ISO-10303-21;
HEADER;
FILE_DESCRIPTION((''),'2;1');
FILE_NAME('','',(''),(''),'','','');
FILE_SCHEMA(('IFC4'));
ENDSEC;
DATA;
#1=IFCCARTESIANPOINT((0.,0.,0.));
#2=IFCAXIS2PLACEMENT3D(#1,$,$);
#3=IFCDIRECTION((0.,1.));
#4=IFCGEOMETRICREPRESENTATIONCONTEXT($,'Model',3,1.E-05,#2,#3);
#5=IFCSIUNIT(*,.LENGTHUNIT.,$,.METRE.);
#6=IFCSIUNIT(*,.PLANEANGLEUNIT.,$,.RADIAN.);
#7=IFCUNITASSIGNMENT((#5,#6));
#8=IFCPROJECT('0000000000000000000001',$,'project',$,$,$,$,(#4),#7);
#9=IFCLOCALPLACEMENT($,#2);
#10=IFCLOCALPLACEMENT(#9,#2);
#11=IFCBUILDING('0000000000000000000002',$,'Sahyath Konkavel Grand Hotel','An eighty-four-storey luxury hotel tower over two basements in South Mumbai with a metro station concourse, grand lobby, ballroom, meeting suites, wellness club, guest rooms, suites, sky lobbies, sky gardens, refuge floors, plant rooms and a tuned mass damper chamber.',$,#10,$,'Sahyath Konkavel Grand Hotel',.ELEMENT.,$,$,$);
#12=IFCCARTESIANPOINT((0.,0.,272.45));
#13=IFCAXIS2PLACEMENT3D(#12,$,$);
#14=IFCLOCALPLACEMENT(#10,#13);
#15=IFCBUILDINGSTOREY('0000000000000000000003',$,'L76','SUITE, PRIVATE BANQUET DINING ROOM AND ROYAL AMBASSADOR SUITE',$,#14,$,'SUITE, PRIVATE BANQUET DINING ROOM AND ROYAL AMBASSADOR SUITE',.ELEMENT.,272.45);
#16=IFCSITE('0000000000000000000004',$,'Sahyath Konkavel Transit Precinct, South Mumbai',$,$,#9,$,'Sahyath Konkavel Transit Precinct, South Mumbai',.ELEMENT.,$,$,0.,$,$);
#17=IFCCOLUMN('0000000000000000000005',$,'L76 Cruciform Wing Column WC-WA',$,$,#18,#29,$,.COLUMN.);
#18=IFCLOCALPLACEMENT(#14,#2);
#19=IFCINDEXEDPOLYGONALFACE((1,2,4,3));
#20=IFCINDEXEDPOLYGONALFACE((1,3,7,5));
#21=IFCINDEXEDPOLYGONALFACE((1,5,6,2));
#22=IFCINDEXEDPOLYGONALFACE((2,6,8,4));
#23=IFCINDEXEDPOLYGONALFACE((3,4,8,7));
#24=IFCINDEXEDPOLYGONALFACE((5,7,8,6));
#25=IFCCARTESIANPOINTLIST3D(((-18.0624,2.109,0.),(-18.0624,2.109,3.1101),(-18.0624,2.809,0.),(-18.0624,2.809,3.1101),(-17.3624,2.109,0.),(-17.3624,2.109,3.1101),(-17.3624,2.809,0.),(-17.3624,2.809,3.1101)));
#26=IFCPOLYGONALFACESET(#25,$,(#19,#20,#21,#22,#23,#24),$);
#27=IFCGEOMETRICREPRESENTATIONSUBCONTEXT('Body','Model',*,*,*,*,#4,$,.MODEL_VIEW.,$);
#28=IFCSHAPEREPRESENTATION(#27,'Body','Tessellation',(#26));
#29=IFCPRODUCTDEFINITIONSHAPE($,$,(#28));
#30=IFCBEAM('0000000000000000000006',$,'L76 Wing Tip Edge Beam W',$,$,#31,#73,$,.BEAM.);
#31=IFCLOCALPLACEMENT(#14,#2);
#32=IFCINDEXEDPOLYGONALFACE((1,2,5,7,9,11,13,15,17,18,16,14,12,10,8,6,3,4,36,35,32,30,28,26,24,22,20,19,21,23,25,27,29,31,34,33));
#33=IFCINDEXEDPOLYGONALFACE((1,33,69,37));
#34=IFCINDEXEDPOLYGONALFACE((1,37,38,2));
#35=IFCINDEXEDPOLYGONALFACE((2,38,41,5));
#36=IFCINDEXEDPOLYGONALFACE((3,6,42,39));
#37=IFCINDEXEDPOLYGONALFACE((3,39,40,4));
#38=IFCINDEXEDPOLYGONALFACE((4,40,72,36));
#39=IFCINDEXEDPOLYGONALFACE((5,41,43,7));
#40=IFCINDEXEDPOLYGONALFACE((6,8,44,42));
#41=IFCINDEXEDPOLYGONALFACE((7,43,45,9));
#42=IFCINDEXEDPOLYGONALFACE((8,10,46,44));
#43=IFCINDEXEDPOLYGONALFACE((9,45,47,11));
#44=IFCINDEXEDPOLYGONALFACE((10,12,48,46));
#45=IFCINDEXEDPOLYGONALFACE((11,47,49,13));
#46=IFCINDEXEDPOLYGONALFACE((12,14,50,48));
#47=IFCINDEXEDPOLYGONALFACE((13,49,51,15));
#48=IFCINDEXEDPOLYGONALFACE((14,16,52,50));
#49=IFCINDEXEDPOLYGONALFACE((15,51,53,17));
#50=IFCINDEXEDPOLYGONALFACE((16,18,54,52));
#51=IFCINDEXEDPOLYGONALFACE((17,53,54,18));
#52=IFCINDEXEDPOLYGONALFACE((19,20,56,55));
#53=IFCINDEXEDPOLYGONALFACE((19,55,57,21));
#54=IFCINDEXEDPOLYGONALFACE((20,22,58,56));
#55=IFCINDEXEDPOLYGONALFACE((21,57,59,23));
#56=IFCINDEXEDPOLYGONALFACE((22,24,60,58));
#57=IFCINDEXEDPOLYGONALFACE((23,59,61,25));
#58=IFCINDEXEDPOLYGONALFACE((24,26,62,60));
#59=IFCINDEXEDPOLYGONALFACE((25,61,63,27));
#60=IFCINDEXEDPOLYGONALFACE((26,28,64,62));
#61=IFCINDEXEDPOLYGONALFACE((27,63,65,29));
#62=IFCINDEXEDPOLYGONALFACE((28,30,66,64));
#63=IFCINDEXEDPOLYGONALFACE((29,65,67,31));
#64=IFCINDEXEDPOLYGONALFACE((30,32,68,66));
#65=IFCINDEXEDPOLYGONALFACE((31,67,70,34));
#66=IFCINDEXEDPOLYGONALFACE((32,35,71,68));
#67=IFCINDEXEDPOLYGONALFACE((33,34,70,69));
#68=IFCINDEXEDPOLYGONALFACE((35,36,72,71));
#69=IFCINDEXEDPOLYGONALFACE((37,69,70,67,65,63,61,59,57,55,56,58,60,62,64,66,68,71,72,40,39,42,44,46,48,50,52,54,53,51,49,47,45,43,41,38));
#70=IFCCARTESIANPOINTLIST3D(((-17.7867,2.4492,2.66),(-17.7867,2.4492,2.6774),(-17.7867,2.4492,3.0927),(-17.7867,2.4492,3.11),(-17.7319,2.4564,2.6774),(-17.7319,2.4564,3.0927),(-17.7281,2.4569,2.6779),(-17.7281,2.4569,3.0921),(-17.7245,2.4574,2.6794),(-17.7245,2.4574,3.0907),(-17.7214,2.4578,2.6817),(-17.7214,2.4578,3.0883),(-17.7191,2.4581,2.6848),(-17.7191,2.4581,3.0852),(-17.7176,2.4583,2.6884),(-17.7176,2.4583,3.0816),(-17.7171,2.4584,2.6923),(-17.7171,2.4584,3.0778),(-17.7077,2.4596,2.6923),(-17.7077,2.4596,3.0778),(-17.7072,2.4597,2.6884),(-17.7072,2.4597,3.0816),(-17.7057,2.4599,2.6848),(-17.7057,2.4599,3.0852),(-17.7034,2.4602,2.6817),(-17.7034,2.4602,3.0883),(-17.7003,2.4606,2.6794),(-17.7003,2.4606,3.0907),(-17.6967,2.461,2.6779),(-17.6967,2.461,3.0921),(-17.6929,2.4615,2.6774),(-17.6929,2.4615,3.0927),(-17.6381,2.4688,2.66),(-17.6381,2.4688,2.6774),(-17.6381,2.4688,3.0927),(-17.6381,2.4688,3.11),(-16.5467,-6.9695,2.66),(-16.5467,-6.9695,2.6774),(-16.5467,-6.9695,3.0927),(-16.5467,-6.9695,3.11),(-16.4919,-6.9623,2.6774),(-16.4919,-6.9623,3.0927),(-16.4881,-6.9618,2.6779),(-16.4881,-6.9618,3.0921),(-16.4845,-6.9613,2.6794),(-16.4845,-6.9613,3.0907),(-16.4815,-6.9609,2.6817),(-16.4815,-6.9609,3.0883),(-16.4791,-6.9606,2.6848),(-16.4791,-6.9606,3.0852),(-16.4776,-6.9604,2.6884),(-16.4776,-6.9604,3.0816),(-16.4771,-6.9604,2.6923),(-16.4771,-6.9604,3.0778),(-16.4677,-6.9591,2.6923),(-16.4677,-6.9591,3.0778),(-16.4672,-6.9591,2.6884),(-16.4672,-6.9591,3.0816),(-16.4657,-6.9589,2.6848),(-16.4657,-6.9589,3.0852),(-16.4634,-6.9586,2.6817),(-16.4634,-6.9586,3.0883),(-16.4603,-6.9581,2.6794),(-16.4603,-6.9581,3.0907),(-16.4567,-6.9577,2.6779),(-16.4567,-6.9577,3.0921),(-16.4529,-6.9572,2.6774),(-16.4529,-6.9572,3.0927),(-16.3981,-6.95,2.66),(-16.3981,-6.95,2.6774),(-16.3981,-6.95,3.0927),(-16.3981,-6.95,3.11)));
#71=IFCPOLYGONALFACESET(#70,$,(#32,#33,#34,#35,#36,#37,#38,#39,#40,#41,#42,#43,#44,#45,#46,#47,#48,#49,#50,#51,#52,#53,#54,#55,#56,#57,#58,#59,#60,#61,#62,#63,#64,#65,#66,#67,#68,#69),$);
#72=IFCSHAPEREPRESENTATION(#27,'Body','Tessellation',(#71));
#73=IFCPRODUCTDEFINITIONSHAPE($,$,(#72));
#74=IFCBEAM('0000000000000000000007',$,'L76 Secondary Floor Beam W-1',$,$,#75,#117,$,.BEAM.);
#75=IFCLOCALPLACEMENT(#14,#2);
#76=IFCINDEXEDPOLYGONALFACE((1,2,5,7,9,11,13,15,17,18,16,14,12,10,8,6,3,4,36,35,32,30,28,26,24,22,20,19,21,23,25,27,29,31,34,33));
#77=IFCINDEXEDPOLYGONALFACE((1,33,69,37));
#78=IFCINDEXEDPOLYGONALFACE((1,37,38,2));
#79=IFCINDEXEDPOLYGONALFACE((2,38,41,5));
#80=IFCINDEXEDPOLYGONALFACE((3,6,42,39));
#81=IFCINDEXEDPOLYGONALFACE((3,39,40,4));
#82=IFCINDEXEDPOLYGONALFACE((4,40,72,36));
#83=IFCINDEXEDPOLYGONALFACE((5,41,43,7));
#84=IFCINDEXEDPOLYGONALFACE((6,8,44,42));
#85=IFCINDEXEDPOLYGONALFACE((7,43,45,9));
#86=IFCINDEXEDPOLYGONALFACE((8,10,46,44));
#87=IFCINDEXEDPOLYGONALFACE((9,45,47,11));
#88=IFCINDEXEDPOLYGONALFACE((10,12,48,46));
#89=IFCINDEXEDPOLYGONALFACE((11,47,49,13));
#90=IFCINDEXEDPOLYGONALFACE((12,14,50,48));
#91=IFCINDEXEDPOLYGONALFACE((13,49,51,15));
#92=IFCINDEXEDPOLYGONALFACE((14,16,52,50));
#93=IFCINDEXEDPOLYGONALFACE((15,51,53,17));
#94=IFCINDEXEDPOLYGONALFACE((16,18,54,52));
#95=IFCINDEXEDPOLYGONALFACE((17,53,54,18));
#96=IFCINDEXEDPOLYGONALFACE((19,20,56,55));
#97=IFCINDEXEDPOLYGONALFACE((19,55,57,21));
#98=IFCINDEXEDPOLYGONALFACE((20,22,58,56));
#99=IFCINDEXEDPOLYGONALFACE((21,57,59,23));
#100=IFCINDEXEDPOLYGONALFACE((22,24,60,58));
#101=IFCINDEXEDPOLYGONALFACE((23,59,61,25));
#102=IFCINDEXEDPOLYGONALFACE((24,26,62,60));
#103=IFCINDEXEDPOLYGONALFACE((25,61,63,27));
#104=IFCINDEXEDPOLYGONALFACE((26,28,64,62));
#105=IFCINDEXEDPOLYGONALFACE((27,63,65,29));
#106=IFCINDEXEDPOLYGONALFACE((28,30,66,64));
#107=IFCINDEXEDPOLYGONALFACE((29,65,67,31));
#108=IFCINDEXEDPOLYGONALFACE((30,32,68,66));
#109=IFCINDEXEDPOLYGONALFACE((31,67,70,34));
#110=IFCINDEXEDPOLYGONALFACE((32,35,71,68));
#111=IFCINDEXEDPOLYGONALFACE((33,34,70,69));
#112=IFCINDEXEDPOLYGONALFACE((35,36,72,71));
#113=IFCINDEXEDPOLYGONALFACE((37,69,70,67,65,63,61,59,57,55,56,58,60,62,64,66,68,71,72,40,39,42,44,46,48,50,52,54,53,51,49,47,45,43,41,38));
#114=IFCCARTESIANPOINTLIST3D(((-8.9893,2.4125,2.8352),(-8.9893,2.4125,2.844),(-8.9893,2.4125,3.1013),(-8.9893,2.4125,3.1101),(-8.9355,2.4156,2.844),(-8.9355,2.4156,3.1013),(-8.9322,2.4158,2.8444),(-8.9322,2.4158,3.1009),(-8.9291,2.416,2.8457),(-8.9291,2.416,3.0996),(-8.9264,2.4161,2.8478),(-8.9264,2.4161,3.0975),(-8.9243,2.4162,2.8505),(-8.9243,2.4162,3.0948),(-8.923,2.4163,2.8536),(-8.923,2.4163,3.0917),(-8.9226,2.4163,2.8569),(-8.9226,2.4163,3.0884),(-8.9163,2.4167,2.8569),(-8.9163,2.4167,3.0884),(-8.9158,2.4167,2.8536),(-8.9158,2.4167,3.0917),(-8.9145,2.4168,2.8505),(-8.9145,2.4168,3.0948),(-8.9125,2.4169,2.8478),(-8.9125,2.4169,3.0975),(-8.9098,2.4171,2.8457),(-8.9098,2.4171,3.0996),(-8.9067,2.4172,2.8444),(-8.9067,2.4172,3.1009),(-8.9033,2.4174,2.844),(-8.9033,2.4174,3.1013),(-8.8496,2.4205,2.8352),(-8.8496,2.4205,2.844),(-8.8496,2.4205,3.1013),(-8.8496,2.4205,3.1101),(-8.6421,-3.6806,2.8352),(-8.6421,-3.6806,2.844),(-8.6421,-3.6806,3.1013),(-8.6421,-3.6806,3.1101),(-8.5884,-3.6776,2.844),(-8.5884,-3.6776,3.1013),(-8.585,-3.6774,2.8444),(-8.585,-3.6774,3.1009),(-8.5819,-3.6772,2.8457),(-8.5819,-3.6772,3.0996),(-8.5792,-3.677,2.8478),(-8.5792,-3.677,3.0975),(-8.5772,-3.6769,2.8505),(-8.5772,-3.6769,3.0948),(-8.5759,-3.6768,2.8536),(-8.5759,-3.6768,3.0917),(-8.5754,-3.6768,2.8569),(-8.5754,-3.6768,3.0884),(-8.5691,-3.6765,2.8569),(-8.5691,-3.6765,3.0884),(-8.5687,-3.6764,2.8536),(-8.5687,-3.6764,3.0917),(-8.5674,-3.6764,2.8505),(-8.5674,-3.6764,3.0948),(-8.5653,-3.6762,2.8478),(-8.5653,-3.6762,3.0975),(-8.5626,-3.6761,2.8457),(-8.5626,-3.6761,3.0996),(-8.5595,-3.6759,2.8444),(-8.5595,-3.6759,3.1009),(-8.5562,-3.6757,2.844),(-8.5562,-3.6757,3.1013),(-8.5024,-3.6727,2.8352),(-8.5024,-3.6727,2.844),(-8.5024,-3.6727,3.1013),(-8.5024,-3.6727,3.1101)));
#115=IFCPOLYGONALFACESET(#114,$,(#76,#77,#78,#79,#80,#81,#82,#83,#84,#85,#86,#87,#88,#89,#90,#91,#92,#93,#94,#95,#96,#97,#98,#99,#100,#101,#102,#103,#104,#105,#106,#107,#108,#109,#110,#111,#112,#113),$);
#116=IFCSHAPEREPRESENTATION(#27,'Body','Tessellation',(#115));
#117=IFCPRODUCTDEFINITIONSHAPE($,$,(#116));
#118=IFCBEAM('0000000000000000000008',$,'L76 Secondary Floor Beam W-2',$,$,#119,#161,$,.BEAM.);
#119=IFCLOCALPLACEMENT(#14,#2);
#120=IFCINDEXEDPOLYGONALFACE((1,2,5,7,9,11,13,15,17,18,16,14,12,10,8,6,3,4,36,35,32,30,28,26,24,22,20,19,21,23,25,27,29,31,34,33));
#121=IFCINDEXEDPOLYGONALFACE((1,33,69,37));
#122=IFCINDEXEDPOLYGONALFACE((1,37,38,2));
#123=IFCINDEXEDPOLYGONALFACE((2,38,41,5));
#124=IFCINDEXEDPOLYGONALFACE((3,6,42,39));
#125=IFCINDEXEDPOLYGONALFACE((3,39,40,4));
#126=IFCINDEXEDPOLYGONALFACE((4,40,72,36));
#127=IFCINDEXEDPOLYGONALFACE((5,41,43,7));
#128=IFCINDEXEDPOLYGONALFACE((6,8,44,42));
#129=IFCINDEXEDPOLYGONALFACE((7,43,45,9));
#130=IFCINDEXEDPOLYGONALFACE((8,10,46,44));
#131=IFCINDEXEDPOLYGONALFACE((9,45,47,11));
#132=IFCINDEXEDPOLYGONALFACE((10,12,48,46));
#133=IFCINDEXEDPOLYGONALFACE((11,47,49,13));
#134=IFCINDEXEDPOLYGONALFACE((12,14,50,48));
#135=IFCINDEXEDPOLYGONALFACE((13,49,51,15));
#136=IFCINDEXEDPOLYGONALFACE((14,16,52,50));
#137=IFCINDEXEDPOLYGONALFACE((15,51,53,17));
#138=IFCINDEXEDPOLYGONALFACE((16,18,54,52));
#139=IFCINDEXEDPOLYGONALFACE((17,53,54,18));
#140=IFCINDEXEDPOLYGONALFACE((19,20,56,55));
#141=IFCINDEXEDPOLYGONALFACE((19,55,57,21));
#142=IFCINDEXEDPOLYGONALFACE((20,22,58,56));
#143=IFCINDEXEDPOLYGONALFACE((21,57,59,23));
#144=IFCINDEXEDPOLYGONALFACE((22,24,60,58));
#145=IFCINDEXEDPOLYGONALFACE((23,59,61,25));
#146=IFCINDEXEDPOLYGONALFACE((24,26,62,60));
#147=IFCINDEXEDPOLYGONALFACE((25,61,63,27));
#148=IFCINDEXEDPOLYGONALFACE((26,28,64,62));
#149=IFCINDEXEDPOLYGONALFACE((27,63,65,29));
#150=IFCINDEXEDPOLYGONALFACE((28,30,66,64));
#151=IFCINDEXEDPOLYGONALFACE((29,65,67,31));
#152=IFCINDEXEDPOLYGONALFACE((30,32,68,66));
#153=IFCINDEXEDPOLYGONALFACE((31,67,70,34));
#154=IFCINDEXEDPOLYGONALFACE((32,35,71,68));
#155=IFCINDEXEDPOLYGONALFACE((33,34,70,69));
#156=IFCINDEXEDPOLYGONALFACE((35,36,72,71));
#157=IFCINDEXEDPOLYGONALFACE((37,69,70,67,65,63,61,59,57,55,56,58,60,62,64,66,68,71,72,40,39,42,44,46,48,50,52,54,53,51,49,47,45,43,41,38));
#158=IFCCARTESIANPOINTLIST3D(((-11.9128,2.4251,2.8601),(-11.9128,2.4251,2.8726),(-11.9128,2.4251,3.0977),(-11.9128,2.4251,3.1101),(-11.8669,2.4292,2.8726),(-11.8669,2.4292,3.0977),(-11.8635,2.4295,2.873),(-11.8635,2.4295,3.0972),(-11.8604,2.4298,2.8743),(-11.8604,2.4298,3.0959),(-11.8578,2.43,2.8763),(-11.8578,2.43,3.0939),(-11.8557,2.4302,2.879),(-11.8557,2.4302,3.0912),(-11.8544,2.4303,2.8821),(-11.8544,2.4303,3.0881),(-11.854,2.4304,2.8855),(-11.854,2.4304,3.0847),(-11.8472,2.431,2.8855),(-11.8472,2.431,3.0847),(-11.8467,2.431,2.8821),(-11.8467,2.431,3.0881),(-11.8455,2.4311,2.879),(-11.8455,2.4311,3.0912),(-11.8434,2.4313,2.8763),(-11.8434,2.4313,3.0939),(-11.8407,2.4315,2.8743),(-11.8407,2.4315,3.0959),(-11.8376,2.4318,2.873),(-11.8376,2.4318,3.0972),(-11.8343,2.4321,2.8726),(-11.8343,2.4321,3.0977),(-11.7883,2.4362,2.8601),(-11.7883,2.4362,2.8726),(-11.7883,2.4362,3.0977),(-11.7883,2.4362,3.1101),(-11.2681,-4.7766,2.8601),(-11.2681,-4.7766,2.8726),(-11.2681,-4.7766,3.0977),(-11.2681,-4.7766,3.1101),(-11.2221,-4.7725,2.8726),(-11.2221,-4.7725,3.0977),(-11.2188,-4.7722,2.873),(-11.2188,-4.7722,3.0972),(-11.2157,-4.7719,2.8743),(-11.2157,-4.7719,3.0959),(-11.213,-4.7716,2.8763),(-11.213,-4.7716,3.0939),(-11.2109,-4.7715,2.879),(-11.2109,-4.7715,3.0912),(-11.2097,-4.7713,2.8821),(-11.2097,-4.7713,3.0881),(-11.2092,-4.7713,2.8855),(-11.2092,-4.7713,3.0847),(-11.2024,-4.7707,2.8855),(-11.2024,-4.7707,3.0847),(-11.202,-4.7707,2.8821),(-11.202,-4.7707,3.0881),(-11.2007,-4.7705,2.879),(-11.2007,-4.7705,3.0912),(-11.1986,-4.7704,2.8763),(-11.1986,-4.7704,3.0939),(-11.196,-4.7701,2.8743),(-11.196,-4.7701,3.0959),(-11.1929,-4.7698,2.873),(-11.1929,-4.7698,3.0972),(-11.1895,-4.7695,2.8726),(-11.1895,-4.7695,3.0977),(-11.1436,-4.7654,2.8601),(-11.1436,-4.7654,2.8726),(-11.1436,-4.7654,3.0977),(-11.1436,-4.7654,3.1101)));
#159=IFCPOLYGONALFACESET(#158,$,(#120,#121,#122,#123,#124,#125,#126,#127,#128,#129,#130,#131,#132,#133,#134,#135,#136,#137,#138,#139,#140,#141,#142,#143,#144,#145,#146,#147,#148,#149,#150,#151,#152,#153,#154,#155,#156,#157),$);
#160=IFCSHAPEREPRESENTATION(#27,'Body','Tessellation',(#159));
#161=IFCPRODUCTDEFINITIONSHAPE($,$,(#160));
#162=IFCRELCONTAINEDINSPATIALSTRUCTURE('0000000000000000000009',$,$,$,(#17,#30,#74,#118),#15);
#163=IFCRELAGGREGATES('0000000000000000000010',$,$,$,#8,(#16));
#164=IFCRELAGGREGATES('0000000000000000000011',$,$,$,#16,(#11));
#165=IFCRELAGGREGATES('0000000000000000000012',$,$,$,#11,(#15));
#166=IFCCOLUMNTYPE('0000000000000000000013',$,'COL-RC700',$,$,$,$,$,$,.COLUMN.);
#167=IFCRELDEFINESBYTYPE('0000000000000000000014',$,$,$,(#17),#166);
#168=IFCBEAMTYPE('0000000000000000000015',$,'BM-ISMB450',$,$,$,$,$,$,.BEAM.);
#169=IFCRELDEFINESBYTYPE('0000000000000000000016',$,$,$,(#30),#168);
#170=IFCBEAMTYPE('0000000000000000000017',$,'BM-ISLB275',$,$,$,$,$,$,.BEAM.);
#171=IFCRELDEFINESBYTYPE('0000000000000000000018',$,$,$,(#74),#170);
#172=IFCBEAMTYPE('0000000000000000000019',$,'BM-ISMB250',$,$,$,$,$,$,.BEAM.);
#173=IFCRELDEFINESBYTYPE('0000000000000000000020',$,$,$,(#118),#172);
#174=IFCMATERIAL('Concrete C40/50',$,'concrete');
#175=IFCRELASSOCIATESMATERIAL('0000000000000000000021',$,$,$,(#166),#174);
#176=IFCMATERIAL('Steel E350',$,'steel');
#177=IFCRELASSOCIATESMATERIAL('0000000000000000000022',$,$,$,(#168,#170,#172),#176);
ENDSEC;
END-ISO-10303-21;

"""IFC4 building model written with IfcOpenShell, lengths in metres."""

from ifc_helpers import new_model, si_unit, direction, frame, origin, origin_2d, place, context, subcontext, project, spatial, rectangle, i_section, extrude, source, transform, mapped, material, material_profile, profile_set, type_object, element, save


model = new_model("IFC4")

# Units and contexts
model_context = context("Model", 3, precision=1e-05, world=origin(), true_north=direction((0.0, 1.0)))
body_context = subcontext(model_context, "Body", "Model", "MODEL_VIEW")
ifc_project = project(units=[si_unit("LENGTHUNIT", "METRE"), si_unit("PLANEANGLEUNIT", "RADIAN")], contexts=[model_context])

# Site, building, storey
site_placement = place(None, origin())
site = spatial("IfcSite", under=ifc_project, at=site_placement, Name="Sahyath Konkavel Transit Precinct, South Mumbai", LongName="Sahyath Konkavel Transit Precinct, South Mumbai", CompositionType="ELEMENT", RefElevation=0.0)
building_placement = place(site_placement, origin())
building = spatial("IfcBuilding", under=site, at=building_placement, Name="Sahyath Konkavel Grand Hotel", Description="An eighty-four-storey luxury hotel tower over two basements in South Mumbai with a metro station concourse, grand lobby, ballroom, meeting suites, wellness club, guest rooms, suites, sky lobbies, sky gardens, refuge floors, plant rooms and a tuned mass damper chamber.", LongName="Sahyath Konkavel Grand Hotel", CompositionType="ELEMENT")
storey_placement = place(building_placement, frame((0.0, 0.0, 272.45)))
storey = spatial("IfcBuildingStorey", under=building, at=storey_placement, Name="L76", Description="SUITE, PRIVATE BANQUET DINING ROOM AND ROYAL AMBASSADOR SUITE", LongName="SUITE, PRIVATE BANQUET DINING ROOM AND ROYAL AMBASSADOR SUITE", CompositionType="ELEMENT", Elevation=272.45)

# Column
ifc_material_1 = material(Name="Concrete C40/50", Category="concrete")
ifc_material_profile_1 = material_profile(ifc_material_1, rectangle(XDim=0.7, YDim=0.7, at=origin_2d()), Name="RC 700x700")
ifc_profile_set_1 = profile_set([ifc_material_profile_1], Name="Concrete C40/50")
column_type = type_object("IfcColumnType", Name="COL-RC700", PredefinedType="COLUMN", material=ifc_profile_set_1)
shared_shape_1 = source(origin(), body_context, "Body", "SweptSolid", [
    extrude(rectangle(XDim=0.7, YDim=0.7, at=origin_2d()), origin(), (0.0, 0.0, 1.0), 3.1101),
])
column_placement = place(storey_placement, frame((-17.7124, 2.459, 0.0), z_axis=(0.0, 0.0, 1.0), x_axis=(1.0, 0.0, 0.0)))
element("IfcColumn", 1, at=column_placement, inside=storey, type_object=column_type, Name="L76 Cruciform Wing Column WC-WA", PredefinedType="COLUMN", context=body_context, shape_type="MappedRepresentation", body=[
    mapped(shared_shape_1, transform((0.0, 0.0, 0.0), scale=1.0)),
])

# Beams
ifc_material_2 = material(Name="Steel E350", Category="steel")
ifc_material_profile_2 = material_profile(ifc_material_2, i_section(OverallWidth=0.1499, OverallDepth=0.45, WebThickness=0.0095, FlangeThickness=0.0173, FilletRadius=0.0149, at=origin_2d()), Name="ISMB 450")
ifc_profile_set_2 = profile_set([ifc_material_profile_2], Name="Steel E350")
beam_type_1 = type_object("IfcBeamType", Name="BM-ISMB450", PredefinedType="BEAM", material=ifc_profile_set_2)
shared_shape_2 = source(origin(), body_context, "Body", "SweptSolid", [
    extrude(i_section(OverallWidth=0.1499, OverallDepth=0.45, WebThickness=0.0095, FlangeThickness=0.0173, FilletRadius=0.0149, at=origin_2d()), origin(), (0.0, 0.0, 1.0), 9.5),
])
beam_1_placement = place(storey_placement, frame((-17.7124, 2.459, 2.885), z_axis=(0.130526, -0.991445, 0.0), x_axis=(0.991445, 0.130526, 0.0)))
element("IfcBeam", 2, at=beam_1_placement, inside=storey, type_object=beam_type_1, Name="L76 Wing Tip Edge Beam W", PredefinedType="BEAM", context=body_context, shape_type="MappedRepresentation", body=[
    mapped(shared_shape_2, transform((0.0, 0.0, 0.0), scale=1.0)),
])
ifc_material_profile_3 = material_profile(ifc_material_2, i_section(OverallWidth=0.1399, OverallDepth=0.2749, WebThickness=0.0063, FlangeThickness=0.0088, FilletRadius=0.0129, at=origin_2d()), Name="ISLB 275")
ifc_profile_set_3 = profile_set([ifc_material_profile_3], Name="Steel E350")
beam_type_2 = type_object("IfcBeamType", Name="BM-ISLB275", PredefinedType="BEAM", material=ifc_profile_set_3)
shared_shape_3 = source(origin(), body_context, "Body", "SweptSolid", [
    extrude(i_section(OverallWidth=0.1399, OverallDepth=0.2749, WebThickness=0.0063, FlangeThickness=0.0088, FilletRadius=0.0129, at=origin_2d()), origin(), (0.0, 0.0, 1.0), 6.103),
])
beam_2_placement = place(storey_placement, frame((-8.9194, 2.4165, 2.9727), z_axis=(0.056883, -0.998381, 0.0), x_axis=(0.998381, 0.056883, 0.0)))
element("IfcBeam", 3, at=beam_2_placement, inside=storey, type_object=beam_type_2, Name="L76 Secondary Floor Beam W-1", PredefinedType="BEAM", context=body_context, shape_type="MappedRepresentation", body=[
    mapped(shared_shape_3, transform((0.0, 0.0, 0.0), scale=1.0)),
])
ifc_material_profile_4 = material_profile(ifc_material_2, i_section(OverallWidth=0.125, OverallDepth=0.25, WebThickness=0.0068, FlangeThickness=0.0125, FilletRadius=0.0129, at=origin_2d()), Name="ISMB 250")
ifc_profile_set_4 = profile_set([ifc_material_profile_4], Name="Steel E350")
beam_type_3 = type_object("IfcBeamType", Name="BM-ISMB250", PredefinedType="BEAM", material=ifc_profile_set_4)
shared_shape_4 = source(origin(), body_context, "Body", "SweptSolid", [
    extrude(i_section(OverallWidth=0.125, OverallDepth=0.25, WebThickness=0.0068, FlangeThickness=0.0125, FilletRadius=0.0129, at=origin_2d()), origin(), (0.0, 0.0, 1.0), 7.2305),
])
beam_3_placement = place(storey_placement, frame((-11.8506, 2.4307, 2.9851), z_axis=(0.089175, -0.996016, 0.0), x_axis=(0.996016, 0.089175, 0.0)))
element("IfcBeam", 4, at=beam_3_placement, inside=storey, type_object=beam_type_3, Name="L76 Secondary Floor Beam W-2", PredefinedType="BEAM", context=body_context, shape_type="MappedRepresentation", body=[
    mapped(shared_shape_4, transform((0.0, 0.0, 0.0), scale=1.0)),
])

save(model, "model.ifc")
